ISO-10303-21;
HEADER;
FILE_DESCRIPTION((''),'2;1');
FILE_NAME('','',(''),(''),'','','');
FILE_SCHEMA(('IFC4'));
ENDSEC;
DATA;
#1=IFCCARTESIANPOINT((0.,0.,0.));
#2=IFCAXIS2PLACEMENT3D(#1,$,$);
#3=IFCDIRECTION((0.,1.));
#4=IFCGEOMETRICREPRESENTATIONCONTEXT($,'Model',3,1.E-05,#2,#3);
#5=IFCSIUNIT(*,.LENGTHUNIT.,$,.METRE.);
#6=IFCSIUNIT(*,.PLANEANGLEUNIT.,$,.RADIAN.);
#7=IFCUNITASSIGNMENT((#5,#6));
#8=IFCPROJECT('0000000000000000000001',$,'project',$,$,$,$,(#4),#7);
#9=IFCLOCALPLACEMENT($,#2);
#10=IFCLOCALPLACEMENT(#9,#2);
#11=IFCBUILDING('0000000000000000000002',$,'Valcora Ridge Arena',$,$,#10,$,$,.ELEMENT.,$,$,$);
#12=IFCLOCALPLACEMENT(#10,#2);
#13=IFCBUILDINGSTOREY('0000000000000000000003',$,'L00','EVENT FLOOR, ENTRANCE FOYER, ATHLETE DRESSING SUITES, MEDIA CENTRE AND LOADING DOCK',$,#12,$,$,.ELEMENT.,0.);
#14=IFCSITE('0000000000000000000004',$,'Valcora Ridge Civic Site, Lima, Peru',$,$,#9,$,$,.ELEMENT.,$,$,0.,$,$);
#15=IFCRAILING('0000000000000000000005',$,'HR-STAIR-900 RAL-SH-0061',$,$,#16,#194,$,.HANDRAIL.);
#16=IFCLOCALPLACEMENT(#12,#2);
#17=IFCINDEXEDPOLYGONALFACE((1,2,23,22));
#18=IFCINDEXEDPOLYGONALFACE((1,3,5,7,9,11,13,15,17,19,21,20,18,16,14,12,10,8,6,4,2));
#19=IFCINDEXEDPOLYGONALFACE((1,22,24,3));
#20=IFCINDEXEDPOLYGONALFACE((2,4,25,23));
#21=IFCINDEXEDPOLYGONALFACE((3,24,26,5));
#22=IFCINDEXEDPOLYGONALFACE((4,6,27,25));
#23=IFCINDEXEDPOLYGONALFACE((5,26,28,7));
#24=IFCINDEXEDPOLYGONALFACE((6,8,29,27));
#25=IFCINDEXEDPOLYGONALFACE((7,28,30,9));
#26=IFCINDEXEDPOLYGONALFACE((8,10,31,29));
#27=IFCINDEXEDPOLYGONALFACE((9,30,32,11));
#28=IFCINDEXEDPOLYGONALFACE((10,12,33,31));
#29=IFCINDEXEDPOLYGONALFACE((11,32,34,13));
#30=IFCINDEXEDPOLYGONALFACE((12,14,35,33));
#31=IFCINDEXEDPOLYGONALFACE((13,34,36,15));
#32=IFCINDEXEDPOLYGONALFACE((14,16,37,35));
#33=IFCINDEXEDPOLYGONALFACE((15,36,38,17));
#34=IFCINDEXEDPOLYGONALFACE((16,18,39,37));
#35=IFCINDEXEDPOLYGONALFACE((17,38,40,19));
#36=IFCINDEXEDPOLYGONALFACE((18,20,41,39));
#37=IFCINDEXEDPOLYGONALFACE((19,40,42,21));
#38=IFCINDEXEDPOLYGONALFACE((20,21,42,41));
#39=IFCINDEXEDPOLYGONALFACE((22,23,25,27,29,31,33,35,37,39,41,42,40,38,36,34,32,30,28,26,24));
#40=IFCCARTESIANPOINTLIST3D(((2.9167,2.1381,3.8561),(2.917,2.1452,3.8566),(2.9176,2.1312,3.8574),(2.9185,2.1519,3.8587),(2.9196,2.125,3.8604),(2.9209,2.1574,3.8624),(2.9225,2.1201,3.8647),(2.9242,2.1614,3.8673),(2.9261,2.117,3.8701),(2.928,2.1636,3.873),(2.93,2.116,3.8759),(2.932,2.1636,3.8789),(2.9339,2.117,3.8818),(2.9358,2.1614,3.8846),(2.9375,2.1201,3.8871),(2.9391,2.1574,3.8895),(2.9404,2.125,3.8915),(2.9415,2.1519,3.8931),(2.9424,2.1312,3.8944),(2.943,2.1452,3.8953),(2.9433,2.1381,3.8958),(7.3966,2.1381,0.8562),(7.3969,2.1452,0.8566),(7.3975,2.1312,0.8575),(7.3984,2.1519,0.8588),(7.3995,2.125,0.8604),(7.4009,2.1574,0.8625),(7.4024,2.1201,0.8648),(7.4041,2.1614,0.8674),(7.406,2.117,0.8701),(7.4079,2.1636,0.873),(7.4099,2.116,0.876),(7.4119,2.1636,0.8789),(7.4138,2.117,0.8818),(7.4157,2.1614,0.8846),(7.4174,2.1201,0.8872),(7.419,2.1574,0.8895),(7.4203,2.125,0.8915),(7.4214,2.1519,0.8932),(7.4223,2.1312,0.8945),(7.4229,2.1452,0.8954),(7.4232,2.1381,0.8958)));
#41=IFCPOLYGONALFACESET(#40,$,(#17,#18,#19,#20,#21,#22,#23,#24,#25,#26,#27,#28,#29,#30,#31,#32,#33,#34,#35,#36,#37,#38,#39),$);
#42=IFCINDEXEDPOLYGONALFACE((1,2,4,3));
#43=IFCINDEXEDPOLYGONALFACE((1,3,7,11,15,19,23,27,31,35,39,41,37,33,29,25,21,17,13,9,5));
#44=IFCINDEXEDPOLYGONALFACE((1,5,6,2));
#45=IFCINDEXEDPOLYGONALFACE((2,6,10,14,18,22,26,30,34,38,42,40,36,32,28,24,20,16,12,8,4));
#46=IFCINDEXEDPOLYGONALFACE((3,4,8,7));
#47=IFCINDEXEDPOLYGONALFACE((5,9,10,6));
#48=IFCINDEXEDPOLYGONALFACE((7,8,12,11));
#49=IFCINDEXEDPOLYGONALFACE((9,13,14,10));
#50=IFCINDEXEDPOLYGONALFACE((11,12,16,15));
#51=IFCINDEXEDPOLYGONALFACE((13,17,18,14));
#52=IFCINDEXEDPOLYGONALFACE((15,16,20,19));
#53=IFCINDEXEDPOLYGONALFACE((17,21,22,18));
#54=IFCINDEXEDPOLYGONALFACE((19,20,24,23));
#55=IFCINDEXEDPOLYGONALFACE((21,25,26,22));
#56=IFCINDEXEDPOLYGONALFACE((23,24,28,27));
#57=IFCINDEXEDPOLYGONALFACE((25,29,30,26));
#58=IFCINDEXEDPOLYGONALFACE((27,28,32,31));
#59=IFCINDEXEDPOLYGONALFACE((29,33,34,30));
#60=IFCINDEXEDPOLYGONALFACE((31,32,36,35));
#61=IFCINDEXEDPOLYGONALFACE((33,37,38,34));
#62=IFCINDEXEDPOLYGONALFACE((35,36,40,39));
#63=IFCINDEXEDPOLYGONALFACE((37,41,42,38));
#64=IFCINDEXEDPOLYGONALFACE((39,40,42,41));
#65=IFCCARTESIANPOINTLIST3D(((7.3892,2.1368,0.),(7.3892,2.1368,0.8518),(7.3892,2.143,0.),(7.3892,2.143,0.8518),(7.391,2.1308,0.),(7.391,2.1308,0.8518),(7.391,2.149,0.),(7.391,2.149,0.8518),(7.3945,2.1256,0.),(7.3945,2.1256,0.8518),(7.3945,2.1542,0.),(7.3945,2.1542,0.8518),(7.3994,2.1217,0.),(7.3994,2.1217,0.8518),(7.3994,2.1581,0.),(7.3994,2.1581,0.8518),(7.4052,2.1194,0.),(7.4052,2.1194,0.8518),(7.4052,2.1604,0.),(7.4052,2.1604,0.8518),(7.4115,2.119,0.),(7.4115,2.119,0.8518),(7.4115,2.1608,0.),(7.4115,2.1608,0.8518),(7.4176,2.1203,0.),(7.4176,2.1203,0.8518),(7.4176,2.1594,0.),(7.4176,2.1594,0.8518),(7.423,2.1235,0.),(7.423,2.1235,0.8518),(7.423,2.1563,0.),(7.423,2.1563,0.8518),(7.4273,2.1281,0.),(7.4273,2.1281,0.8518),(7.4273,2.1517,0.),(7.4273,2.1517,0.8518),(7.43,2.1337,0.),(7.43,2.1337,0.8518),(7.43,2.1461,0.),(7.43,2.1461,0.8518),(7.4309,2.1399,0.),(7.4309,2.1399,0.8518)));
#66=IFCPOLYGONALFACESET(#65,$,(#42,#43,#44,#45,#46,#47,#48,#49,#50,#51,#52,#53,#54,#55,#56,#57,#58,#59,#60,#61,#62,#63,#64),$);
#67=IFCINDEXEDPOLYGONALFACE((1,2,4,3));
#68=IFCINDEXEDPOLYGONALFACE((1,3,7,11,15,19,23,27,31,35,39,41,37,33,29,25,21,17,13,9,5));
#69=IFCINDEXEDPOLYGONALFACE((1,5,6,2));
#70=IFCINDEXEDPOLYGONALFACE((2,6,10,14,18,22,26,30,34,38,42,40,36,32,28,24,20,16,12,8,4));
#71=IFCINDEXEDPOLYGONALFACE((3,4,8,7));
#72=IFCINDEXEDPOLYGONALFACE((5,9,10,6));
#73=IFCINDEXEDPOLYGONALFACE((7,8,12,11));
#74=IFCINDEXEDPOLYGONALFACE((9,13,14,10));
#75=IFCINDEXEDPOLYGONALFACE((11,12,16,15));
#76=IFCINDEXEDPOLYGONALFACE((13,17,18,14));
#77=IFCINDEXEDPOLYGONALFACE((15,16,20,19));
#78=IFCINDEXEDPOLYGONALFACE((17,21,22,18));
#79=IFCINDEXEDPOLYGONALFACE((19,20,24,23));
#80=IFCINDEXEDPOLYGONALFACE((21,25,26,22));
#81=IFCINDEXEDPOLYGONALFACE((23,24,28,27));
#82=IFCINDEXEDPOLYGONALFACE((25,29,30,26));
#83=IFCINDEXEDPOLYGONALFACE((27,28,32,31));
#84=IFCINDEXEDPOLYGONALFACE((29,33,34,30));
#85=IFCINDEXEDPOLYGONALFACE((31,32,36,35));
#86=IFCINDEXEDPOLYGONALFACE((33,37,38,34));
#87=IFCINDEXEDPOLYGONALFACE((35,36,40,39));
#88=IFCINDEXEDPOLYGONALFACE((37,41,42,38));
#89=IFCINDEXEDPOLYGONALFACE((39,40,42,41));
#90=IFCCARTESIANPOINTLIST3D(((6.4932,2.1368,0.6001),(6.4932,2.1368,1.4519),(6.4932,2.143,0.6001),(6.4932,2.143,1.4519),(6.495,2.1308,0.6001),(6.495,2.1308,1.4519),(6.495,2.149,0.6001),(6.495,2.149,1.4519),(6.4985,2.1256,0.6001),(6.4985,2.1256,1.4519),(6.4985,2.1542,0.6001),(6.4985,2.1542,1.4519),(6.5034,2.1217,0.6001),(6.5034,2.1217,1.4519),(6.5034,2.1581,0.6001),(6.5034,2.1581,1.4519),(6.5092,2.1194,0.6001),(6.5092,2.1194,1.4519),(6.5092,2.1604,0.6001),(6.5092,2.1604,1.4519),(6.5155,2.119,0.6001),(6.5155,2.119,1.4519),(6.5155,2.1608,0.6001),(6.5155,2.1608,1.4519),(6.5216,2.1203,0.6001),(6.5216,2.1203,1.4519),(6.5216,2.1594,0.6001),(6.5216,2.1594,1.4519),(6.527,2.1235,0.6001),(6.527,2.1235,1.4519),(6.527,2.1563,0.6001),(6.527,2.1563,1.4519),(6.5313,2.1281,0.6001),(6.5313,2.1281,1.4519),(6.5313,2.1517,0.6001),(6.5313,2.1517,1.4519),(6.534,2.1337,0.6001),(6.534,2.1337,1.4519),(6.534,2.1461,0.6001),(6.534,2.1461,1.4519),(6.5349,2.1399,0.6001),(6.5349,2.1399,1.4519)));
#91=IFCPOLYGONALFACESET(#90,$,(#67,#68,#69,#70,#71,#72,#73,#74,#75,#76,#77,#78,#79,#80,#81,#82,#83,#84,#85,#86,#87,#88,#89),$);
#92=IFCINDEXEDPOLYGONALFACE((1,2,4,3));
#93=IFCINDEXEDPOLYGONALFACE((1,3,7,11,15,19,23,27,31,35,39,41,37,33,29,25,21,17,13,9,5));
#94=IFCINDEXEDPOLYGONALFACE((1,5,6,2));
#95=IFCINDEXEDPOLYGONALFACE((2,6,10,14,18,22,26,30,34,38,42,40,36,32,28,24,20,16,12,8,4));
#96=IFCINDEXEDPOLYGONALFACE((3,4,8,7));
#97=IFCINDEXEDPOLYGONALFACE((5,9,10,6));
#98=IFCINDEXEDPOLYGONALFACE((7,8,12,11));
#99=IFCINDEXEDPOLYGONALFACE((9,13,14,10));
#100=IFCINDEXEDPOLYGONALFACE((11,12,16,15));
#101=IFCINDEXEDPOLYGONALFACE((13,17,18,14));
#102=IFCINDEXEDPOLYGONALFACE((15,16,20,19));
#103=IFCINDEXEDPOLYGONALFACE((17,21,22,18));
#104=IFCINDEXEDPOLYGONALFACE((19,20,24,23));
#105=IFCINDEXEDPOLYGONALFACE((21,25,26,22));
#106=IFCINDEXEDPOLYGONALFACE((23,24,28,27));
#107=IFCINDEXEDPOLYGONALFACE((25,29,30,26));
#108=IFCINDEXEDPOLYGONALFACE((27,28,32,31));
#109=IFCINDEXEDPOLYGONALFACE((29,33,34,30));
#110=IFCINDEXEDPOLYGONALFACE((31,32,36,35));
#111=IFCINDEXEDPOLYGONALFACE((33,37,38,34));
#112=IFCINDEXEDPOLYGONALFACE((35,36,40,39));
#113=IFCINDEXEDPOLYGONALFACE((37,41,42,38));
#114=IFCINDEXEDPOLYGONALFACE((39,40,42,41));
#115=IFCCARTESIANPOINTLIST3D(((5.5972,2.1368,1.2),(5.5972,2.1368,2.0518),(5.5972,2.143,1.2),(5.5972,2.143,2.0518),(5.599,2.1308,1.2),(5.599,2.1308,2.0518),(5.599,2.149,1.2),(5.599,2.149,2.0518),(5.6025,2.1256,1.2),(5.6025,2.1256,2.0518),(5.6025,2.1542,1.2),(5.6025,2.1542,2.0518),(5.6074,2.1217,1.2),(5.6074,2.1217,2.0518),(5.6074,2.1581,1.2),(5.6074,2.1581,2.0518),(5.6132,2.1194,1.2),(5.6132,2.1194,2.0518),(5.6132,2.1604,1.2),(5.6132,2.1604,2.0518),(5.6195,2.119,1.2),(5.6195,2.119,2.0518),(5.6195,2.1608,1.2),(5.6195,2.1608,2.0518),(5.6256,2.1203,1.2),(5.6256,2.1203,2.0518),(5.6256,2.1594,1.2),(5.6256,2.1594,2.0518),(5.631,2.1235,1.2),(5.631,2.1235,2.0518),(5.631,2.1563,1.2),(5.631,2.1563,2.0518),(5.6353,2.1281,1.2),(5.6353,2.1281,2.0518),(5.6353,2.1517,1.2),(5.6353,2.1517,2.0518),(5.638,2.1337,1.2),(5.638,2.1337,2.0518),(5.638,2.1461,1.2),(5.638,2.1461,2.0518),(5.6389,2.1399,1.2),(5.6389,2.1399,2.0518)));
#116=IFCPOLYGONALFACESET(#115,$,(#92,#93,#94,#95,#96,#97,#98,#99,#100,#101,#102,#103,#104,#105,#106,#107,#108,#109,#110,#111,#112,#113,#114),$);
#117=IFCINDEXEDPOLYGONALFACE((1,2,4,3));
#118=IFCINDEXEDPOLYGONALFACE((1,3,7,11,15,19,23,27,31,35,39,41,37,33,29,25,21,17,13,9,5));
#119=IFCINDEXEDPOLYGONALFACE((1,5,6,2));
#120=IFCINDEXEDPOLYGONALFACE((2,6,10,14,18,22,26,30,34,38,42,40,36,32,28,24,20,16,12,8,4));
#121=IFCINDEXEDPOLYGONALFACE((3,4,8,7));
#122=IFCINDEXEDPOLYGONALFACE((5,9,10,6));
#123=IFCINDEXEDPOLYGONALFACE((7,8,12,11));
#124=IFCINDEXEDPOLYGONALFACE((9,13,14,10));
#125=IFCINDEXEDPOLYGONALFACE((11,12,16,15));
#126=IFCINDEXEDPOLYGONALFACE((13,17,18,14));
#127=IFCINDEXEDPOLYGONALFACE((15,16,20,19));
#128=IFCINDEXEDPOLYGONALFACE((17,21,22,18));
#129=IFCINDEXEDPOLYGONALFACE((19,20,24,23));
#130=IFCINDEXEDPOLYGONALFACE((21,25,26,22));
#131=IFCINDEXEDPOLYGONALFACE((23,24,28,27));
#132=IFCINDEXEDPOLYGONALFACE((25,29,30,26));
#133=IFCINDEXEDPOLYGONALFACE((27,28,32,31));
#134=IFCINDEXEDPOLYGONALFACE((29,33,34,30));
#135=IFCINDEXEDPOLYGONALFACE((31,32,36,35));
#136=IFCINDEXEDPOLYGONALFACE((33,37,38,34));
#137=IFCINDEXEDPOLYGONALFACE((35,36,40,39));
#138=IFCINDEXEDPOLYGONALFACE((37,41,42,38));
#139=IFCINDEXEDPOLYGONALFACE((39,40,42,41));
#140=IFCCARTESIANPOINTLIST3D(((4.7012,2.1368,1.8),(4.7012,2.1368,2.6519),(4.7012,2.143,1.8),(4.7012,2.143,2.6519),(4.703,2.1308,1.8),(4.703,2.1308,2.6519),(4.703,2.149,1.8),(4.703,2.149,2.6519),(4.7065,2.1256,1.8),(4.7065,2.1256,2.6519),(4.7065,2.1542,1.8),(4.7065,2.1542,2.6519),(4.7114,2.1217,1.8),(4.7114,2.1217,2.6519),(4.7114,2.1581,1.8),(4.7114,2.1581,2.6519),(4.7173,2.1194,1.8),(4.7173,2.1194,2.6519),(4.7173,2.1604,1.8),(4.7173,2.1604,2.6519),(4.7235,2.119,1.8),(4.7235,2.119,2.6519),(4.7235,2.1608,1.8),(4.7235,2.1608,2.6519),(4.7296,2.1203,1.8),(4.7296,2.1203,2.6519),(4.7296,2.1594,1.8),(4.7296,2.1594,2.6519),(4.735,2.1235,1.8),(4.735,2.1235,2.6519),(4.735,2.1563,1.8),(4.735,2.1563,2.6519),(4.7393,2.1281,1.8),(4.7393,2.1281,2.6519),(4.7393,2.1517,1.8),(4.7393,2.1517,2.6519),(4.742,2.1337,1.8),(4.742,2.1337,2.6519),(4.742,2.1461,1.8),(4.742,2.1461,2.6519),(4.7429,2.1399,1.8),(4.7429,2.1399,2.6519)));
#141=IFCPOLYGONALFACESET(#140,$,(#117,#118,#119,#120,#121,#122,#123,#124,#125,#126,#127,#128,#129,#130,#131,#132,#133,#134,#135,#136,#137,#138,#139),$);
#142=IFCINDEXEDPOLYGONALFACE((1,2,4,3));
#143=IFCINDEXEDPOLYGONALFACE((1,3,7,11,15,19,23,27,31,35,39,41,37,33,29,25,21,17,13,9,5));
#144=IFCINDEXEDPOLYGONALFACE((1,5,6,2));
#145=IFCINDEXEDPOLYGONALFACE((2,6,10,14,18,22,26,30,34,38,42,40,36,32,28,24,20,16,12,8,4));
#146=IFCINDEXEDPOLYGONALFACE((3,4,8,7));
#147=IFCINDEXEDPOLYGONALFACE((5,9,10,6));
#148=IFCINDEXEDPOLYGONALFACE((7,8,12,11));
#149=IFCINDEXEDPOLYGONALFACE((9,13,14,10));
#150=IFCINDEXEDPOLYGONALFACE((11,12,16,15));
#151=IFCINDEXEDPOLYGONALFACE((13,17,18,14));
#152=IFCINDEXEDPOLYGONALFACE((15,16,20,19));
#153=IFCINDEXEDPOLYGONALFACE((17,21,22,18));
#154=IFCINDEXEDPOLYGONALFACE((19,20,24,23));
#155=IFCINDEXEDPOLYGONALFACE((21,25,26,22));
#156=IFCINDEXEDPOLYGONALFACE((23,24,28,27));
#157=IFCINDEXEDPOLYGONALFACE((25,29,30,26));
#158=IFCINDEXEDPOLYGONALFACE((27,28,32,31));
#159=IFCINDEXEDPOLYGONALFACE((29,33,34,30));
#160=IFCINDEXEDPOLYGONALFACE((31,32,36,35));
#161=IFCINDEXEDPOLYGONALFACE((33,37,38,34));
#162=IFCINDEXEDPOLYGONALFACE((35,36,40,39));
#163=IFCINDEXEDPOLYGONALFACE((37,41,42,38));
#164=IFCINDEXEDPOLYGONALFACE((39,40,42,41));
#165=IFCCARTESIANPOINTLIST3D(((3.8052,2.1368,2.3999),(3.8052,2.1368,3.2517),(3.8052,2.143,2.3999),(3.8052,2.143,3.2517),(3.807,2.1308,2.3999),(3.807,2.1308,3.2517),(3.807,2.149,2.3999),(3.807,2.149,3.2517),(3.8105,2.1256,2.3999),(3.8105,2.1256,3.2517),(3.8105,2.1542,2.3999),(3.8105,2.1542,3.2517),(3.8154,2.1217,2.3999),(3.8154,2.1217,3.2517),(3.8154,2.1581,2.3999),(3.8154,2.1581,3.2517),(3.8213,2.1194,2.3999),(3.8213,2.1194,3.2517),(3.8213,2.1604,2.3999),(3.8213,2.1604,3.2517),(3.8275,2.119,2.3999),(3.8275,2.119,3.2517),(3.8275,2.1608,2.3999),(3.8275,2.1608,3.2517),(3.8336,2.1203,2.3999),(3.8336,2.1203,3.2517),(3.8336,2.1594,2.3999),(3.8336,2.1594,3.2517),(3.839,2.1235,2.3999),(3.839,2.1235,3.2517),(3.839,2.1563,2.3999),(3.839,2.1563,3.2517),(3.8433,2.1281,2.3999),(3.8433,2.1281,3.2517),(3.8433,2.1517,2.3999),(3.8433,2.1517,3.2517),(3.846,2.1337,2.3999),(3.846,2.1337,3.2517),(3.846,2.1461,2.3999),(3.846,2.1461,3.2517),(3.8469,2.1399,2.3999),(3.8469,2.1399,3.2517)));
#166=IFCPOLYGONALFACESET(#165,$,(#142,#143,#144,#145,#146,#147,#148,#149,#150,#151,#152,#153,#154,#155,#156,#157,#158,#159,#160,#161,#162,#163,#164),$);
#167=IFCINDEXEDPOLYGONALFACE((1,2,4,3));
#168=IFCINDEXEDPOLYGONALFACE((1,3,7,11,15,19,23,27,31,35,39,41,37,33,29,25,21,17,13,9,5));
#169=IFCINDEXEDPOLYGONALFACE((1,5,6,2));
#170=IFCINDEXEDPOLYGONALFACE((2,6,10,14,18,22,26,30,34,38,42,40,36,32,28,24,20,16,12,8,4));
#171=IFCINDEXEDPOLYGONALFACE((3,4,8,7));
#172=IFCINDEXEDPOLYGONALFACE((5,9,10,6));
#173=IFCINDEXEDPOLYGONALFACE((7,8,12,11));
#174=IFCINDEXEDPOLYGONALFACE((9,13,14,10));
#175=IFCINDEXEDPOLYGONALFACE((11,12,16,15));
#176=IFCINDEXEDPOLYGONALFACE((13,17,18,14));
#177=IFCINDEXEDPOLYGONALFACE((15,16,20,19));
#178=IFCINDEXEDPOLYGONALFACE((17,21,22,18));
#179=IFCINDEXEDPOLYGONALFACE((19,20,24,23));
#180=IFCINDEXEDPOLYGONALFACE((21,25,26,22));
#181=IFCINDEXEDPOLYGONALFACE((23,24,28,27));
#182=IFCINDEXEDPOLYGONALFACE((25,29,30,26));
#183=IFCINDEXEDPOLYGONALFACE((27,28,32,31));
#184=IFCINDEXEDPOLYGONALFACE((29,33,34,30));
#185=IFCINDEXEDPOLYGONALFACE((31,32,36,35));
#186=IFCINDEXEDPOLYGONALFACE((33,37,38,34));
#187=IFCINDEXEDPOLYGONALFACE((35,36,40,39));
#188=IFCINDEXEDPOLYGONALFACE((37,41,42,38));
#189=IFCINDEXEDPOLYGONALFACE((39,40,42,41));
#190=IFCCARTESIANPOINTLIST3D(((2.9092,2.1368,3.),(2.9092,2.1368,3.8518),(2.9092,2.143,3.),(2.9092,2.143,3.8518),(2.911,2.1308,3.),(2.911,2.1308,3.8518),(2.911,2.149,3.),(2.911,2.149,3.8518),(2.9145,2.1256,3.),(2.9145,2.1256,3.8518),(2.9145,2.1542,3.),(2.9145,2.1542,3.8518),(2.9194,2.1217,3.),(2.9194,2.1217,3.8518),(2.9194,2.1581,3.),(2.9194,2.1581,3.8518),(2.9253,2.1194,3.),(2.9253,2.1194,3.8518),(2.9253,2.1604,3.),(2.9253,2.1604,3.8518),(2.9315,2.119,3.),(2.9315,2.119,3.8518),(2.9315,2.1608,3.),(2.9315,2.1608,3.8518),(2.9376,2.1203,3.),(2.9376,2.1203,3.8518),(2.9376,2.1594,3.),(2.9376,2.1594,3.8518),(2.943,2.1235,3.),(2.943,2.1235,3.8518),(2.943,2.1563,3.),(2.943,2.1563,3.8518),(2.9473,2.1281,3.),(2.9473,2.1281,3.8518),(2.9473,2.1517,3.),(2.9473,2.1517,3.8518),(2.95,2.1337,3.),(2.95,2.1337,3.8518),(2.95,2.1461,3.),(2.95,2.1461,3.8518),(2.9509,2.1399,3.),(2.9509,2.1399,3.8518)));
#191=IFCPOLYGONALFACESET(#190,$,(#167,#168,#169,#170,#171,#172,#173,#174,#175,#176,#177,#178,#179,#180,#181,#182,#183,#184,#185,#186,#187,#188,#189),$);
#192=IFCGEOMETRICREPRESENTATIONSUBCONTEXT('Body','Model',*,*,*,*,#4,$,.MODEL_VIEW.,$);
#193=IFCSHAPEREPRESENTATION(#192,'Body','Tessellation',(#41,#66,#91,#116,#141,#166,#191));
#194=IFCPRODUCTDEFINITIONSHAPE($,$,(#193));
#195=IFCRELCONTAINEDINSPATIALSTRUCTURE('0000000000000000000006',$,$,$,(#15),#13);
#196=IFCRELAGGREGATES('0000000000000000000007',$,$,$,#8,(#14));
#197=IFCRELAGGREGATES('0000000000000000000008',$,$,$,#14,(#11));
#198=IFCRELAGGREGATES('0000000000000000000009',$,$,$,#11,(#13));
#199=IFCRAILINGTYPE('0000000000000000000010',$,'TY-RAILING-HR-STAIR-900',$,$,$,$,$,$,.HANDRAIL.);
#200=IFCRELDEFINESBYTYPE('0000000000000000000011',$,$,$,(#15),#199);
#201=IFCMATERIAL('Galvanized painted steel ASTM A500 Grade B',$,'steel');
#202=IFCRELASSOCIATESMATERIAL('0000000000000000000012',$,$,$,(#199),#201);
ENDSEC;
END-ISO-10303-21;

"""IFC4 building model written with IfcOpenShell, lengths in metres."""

from ifc_helpers import new_model, si_unit, direction, frame, origin, origin_2d, place, context, subcontext, project, spatial, circle, extrude, material, type_object, element, save


model = new_model("IFC4")

# Units and contexts
model_context = context("Model", 3, precision=1e-05, world=origin(), true_north=direction((0.0, 1.0)))
body_context = subcontext(model_context, "Body", "Model", "MODEL_VIEW")
ifc_project = project(units=[si_unit("LENGTHUNIT", "METRE"), si_unit("PLANEANGLEUNIT", "RADIAN")], contexts=[model_context])

# Site, building, storey
site_placement = place(None, origin())
site = spatial("IfcSite", under=ifc_project, at=site_placement, Name="Valcora Ridge Civic Site, Lima, Peru", CompositionType="ELEMENT", RefElevation=0.0)
building_placement = place(site_placement, origin())
building = spatial("IfcBuilding", under=site, at=building_placement, Name="Valcora Ridge Arena", CompositionType="ELEMENT")
storey_placement = place(building_placement, origin())
storey = spatial("IfcBuildingStorey", under=building, at=storey_placement, Name="L00", Description="EVENT FLOOR, ENTRANCE FOYER, ATHLETE DRESSING SUITES, MEDIA CENTRE AND LOADING DOCK", CompositionType="ELEMENT", Elevation=0.0)

# Railing
ifc_material_1 = material(Name="Galvanized painted steel ASTM A500 Grade B", Category="steel")
railing_type_1 = type_object("IfcRailingType", Name="TY-RAILING-HR-STAIR-900", PredefinedType="HANDRAIL", material=ifc_material_1)
railing_1_placement = place(storey_placement, frame((7.4099, 2.1399, 0.0)))
element("IfcRailing", 1, at=railing_1_placement, inside=storey, type_object=railing_type_1, Name="HR-STAIR-900 RAL-SH-0061", PredefinedType="HANDRAIL", context=body_context, shape_type="SweptSolid", body=[
    extrude(circle(Radius=0.0239, at=origin_2d()), frame((0.0, 0.0, 0.876), z_axis=(-0.830906, 0.0, 0.556413), x_axis=(0.0, -1.0, 0.0)), (0.0, 0.0, 1.0), 5.3916),
    extrude(circle(Radius=0.021, at=origin_2d()), origin(), (0.0, 0.0, 1.0), 0.8518),
    extrude(circle(Radius=0.021, at=origin_2d()), frame((-0.896, 0.0, 0.6001)), (0.0, 0.0, 1.0), 0.8518),
    extrude(circle(Radius=0.021, at=origin_2d()), frame((-1.792, 0.0, 1.2)), (0.0, 0.0, 1.0), 0.8518),
    extrude(circle(Radius=0.021, at=origin_2d()), frame((-2.688, 0.0, 1.8)), (0.0, 0.0, 1.0), 0.8518),
    extrude(circle(Radius=0.021, at=origin_2d()), frame((-3.584, 0.0, 2.3999)), (0.0, 0.0, 1.0), 0.8518),
    extrude(circle(Radius=0.021, at=origin_2d()), frame((-4.48, 0.0, 3.0)), (0.0, 0.0, 1.0), 0.8518),
])

save(model, "model.ifc")
